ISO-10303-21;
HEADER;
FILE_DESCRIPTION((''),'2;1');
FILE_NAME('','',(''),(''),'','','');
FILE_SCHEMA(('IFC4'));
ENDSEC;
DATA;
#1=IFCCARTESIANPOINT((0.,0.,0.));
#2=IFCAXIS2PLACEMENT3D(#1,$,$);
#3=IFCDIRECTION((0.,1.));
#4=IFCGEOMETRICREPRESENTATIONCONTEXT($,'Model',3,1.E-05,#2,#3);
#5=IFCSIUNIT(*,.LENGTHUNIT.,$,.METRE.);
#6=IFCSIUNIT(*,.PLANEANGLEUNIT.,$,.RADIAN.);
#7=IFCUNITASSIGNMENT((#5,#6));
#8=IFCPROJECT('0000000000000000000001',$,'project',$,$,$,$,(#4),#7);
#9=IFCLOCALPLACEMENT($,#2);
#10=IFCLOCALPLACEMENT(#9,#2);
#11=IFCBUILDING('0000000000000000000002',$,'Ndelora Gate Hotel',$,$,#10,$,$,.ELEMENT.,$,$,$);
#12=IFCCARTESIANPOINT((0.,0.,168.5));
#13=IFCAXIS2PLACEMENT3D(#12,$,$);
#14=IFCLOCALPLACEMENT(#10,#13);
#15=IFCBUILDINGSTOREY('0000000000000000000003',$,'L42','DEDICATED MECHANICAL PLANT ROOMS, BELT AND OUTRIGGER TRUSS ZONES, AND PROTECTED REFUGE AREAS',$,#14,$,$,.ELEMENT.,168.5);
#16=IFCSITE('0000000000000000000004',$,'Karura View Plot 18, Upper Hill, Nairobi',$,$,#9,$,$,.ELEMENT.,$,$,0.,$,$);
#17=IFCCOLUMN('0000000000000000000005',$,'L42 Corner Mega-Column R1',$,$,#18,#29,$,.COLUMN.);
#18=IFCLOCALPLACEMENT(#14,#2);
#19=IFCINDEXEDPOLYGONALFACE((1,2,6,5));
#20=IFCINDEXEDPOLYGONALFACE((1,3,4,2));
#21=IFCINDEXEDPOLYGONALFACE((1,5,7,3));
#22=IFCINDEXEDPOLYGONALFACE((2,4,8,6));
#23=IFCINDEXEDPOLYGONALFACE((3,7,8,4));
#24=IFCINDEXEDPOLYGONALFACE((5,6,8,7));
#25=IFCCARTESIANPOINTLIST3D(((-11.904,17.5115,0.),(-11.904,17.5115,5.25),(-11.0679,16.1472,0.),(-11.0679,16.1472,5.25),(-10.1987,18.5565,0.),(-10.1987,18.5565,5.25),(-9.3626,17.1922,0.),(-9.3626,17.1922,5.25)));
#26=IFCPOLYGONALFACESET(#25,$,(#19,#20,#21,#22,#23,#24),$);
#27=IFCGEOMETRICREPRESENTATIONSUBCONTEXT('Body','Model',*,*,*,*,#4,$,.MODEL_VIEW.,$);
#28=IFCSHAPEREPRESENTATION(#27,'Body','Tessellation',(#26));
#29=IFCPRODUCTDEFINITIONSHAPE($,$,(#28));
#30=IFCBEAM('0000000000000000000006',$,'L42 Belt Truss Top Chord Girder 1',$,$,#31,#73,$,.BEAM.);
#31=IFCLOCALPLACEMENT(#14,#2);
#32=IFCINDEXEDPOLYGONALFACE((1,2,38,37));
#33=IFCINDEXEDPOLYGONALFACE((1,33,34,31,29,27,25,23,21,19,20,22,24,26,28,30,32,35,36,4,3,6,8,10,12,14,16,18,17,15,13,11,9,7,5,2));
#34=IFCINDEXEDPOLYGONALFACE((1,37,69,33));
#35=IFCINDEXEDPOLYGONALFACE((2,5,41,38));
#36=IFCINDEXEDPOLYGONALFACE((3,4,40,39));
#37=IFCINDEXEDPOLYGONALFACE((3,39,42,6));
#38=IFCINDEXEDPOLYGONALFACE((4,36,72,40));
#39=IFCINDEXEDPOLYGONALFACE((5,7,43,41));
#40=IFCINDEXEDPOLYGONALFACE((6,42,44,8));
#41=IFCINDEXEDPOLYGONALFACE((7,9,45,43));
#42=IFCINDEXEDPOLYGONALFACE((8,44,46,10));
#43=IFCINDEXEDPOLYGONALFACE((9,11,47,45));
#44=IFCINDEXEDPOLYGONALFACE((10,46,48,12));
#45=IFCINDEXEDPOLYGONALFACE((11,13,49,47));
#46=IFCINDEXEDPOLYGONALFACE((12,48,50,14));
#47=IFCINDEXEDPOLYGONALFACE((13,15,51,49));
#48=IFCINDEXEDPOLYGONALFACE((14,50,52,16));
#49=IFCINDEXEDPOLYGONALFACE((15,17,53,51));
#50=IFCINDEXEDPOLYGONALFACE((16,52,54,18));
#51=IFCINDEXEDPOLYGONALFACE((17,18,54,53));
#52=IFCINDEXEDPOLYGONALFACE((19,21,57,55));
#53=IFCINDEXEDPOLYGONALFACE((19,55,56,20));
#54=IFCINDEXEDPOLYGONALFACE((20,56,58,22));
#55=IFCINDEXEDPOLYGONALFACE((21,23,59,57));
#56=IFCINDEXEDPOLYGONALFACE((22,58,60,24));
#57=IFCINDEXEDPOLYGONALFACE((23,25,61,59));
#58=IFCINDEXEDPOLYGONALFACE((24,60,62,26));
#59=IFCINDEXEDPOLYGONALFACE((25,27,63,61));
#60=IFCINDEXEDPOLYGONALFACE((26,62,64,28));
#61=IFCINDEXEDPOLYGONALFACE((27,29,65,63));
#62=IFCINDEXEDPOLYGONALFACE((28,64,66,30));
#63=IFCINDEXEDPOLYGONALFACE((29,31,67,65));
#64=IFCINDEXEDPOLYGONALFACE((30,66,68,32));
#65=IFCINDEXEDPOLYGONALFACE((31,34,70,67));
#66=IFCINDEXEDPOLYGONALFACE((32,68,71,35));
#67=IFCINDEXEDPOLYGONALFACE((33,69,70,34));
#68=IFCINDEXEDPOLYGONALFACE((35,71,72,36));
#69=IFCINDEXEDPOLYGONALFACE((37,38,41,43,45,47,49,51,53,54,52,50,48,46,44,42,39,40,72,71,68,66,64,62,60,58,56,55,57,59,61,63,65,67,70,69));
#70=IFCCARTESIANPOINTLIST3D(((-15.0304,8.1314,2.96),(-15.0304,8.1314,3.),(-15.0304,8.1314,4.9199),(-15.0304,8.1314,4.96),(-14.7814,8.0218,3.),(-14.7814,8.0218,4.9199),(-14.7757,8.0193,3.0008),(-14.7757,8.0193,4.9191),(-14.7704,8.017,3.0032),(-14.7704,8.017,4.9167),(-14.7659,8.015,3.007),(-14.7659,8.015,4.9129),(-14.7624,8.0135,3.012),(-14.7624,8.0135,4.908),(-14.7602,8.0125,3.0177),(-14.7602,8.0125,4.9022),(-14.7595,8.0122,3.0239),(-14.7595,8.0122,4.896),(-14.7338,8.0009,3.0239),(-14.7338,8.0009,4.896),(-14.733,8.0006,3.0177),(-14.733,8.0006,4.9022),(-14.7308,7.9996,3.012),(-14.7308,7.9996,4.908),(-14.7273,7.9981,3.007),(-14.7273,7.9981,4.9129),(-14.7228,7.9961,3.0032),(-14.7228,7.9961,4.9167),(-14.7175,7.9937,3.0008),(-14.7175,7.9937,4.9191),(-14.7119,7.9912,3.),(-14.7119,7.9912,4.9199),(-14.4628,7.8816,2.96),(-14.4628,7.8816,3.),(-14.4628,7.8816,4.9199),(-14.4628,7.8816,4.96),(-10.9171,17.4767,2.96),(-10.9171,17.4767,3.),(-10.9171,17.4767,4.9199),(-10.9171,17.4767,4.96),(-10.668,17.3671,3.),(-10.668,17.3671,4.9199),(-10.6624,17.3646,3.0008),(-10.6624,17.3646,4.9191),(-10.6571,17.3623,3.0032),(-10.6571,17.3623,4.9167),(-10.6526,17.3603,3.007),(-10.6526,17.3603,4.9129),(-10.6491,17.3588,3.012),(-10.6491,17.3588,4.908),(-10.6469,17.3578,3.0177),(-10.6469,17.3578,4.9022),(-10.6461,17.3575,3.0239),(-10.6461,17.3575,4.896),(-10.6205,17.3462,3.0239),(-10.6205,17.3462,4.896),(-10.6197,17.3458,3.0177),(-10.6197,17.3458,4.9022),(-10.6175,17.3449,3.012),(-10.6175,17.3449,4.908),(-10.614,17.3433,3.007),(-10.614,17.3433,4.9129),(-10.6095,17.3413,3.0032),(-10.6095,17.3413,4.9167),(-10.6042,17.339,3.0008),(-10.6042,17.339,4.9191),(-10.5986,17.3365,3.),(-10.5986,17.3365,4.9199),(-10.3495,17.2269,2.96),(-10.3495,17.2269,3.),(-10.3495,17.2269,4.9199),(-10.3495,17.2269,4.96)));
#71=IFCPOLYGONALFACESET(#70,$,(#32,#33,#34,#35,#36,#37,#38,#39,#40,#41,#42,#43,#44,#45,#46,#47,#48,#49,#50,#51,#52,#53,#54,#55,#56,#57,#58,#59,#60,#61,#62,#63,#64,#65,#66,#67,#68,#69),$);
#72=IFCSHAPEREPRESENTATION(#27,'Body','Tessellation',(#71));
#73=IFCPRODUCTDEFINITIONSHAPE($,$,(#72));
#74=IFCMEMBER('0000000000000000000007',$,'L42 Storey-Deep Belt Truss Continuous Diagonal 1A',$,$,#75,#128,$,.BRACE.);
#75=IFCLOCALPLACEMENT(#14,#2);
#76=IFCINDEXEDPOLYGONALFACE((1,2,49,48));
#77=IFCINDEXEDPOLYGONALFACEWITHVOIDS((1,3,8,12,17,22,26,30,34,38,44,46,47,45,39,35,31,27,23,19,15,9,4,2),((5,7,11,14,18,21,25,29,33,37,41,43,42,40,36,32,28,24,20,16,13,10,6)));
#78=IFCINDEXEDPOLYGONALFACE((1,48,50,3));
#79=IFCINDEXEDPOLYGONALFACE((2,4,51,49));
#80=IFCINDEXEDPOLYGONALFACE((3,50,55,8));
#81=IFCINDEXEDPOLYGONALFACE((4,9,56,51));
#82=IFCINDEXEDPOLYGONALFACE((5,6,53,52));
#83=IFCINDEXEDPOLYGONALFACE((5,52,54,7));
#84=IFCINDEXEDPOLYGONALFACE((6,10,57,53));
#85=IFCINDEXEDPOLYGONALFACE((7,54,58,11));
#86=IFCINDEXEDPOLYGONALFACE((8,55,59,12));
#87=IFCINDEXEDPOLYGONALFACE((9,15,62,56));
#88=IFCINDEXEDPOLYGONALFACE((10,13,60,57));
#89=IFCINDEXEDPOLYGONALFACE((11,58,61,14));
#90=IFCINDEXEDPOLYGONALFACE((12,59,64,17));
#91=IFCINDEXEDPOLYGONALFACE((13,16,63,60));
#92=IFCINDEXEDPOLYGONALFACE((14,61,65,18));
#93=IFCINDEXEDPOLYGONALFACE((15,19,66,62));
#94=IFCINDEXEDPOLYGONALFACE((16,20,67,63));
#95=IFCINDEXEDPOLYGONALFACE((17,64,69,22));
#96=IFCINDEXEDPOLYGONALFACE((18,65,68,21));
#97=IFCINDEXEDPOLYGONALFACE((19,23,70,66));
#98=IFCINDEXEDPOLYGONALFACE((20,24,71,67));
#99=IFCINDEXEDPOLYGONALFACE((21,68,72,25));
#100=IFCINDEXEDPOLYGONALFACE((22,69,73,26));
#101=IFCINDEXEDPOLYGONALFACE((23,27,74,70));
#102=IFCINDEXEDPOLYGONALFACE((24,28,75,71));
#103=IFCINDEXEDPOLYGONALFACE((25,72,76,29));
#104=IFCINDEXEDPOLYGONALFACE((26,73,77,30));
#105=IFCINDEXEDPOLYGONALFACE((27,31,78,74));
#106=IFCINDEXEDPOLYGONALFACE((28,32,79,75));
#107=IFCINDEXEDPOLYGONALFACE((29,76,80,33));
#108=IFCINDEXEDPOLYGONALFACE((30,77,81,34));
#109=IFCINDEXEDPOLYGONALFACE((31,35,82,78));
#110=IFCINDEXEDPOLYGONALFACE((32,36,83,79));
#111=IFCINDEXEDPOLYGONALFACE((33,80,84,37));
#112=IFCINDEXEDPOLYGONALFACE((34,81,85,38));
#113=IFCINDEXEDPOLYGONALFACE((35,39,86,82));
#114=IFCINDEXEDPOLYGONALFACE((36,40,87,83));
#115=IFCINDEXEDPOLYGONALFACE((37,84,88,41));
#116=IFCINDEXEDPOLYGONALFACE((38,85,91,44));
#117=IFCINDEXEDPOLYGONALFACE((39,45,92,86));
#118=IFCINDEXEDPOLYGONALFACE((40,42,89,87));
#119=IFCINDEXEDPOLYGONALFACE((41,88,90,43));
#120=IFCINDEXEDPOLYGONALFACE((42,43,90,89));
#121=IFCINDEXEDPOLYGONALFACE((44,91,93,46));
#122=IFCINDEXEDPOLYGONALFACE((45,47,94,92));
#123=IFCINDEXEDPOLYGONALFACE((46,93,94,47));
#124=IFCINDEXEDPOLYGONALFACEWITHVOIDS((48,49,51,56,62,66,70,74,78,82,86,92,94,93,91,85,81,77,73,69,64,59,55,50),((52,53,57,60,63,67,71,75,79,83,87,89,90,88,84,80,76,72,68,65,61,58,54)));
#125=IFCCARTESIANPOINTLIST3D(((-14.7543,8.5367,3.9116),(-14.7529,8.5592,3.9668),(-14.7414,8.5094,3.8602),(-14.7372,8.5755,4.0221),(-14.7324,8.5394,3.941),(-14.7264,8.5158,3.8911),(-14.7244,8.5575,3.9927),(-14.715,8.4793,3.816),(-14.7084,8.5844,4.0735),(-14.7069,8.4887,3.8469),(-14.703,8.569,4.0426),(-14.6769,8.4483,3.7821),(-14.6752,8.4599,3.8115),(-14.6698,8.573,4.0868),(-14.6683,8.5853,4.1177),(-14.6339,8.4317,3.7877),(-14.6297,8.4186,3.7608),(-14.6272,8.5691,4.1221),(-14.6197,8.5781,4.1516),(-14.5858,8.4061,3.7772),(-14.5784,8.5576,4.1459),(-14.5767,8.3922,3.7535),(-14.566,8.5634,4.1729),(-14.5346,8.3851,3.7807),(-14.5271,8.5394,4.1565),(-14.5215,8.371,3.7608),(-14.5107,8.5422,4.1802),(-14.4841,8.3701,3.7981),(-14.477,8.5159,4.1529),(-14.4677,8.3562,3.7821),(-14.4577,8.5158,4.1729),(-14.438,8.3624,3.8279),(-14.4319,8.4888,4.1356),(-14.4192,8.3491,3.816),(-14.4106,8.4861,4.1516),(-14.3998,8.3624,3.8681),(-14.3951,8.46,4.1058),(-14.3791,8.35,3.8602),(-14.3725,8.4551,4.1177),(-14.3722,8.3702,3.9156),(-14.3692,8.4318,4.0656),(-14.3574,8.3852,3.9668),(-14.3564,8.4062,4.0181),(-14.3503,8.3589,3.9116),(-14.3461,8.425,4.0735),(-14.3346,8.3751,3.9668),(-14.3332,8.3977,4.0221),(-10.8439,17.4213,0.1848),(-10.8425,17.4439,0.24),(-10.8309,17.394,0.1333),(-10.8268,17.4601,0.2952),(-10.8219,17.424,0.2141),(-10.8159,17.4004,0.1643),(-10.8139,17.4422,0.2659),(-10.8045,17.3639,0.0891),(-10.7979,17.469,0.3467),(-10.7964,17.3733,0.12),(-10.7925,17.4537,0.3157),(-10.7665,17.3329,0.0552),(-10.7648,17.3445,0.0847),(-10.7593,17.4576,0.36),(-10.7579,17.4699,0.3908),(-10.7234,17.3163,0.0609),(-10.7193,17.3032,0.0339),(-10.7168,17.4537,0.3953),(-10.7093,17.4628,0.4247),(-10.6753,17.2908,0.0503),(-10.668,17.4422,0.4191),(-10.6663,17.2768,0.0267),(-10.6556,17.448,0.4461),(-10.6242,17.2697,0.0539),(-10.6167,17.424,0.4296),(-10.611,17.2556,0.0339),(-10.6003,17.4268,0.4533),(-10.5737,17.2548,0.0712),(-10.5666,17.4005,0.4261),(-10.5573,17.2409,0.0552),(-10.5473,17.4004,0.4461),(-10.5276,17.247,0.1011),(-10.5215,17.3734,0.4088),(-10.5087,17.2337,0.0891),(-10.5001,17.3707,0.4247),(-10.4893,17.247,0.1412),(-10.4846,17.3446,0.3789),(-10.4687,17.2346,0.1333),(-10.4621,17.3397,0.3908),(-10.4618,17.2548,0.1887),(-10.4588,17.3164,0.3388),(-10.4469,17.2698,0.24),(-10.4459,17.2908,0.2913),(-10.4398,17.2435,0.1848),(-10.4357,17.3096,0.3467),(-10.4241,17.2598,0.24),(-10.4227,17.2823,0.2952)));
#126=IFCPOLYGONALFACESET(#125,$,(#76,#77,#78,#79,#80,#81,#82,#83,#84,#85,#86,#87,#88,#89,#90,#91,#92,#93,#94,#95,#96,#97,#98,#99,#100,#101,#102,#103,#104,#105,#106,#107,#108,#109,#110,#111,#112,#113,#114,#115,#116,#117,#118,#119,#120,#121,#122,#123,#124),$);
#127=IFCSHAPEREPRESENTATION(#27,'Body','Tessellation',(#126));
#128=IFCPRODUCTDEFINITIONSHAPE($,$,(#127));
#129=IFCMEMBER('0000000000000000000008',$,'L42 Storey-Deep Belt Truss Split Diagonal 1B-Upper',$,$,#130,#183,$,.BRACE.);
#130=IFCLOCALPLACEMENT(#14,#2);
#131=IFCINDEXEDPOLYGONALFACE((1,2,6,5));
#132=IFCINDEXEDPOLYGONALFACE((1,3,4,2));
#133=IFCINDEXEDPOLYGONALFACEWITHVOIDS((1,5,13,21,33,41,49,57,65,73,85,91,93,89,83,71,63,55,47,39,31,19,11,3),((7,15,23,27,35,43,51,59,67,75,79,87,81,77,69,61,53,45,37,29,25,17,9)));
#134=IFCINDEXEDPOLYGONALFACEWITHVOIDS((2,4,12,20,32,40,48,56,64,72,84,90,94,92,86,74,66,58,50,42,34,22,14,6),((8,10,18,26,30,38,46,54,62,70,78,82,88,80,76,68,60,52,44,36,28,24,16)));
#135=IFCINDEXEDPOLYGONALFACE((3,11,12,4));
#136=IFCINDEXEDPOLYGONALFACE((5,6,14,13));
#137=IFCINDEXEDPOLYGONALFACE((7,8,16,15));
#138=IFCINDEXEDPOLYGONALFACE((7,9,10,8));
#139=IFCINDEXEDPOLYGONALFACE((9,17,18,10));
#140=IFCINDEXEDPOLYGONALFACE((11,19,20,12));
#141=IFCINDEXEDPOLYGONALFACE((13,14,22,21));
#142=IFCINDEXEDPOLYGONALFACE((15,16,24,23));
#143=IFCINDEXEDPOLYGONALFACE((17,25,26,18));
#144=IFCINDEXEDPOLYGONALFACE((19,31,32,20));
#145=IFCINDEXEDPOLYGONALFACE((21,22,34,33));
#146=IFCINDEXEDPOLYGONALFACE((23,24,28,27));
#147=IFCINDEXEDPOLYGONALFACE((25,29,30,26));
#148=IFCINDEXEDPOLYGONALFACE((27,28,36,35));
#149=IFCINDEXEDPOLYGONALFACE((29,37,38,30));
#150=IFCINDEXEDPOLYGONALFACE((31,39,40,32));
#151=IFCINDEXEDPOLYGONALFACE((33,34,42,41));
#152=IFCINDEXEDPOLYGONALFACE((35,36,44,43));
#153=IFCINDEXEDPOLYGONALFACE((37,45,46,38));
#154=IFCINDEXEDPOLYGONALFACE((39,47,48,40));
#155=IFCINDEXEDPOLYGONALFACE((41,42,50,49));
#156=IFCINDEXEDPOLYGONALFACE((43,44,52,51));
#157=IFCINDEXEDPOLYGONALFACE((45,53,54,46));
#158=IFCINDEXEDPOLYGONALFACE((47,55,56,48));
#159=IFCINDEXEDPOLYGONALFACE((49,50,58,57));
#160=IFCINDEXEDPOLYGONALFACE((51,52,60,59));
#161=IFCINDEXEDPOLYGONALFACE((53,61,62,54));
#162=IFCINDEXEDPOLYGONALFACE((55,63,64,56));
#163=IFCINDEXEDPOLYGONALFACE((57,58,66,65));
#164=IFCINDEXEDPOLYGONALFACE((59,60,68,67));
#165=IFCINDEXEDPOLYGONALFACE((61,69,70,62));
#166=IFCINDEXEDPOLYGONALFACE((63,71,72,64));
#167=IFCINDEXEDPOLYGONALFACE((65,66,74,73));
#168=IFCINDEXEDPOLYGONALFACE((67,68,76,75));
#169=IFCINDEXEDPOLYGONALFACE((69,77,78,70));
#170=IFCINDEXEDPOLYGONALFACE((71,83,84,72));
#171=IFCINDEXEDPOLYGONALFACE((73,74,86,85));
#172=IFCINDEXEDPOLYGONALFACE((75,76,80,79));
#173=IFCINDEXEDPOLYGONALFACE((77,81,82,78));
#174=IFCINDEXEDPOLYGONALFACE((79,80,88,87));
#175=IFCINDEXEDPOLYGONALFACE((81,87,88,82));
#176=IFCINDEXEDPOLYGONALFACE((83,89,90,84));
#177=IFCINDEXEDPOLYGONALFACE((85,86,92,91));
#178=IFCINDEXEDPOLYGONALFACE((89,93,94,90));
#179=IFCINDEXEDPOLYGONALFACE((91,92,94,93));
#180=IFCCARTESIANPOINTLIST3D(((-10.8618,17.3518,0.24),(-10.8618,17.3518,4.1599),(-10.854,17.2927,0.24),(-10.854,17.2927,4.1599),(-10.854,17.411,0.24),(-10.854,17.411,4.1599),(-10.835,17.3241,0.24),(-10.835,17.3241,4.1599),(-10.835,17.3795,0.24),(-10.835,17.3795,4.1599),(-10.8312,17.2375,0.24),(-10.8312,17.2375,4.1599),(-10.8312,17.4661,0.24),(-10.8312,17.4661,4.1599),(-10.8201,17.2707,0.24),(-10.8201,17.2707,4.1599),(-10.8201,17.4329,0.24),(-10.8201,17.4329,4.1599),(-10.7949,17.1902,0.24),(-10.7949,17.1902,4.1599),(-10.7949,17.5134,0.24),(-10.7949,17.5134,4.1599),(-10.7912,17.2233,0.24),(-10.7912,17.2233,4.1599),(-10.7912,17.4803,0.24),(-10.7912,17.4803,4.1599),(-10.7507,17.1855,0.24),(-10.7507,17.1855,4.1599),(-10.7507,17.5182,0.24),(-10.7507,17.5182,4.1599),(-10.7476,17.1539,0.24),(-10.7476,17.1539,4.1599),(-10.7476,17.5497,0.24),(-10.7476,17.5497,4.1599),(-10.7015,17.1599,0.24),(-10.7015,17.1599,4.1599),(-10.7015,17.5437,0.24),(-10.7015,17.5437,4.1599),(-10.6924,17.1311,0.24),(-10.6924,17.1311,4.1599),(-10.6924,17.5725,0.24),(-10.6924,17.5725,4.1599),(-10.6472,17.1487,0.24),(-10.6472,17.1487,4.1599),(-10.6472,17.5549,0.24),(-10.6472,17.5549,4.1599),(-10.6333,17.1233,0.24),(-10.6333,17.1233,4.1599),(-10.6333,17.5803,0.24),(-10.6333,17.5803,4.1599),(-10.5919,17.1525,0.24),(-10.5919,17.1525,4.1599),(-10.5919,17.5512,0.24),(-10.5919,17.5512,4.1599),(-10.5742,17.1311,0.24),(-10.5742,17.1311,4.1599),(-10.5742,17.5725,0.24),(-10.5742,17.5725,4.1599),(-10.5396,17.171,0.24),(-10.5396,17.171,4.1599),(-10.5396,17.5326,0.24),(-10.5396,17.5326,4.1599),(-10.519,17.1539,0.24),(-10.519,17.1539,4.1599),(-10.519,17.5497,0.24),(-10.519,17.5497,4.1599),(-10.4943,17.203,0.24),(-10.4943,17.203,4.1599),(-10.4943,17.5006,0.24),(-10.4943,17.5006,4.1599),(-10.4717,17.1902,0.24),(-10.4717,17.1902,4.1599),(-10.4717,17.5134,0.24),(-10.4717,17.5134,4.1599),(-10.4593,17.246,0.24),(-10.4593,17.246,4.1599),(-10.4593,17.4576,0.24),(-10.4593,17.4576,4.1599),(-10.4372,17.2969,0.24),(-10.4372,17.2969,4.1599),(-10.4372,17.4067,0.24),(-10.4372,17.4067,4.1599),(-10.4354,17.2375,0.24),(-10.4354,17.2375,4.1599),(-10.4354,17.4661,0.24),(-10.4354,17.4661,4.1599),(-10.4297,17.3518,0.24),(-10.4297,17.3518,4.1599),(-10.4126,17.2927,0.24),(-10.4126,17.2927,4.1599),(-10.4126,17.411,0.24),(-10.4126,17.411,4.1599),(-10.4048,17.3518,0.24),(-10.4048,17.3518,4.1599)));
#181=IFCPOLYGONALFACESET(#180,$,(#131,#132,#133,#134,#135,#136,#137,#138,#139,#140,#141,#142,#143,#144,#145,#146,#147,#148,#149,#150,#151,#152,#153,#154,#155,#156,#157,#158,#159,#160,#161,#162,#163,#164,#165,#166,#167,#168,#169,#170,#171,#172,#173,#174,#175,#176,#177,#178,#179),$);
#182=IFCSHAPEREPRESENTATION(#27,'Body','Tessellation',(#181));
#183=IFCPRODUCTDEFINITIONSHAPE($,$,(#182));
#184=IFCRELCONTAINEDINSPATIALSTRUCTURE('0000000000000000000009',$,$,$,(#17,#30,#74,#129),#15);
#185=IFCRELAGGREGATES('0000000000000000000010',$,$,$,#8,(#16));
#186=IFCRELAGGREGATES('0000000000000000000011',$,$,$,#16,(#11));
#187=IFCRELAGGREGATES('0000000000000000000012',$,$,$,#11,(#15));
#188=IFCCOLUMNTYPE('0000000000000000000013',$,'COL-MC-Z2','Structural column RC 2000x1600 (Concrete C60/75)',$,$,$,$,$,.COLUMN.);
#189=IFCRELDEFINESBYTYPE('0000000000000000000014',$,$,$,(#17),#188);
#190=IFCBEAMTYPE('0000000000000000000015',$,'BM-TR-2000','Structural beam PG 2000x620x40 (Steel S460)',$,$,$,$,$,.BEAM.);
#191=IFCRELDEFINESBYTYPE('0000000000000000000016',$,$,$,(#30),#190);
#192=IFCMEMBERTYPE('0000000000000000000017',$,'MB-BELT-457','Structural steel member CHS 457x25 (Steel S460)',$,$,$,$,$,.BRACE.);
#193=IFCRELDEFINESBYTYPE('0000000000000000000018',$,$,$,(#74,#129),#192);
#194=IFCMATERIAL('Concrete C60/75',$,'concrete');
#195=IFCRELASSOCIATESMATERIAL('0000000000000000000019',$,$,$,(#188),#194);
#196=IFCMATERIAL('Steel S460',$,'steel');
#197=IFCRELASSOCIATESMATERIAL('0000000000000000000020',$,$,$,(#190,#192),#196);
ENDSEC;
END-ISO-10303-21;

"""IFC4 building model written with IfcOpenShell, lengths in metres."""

from ifc_helpers import new_model, si_unit, direction, frame, origin, origin_2d, place, context, subcontext, project, spatial, rectangle, hollow_circle, i_section, extrude, material, material_profile, profile_set, type_object, element, save


model = new_model("IFC4")

# Units and contexts
model_context = context("Model", 3, precision=1e-05, world=origin(), true_north=direction((0.0, 1.0)))
body_context = subcontext(model_context, "Body", "Model", "MODEL_VIEW")
ifc_project = project(units=[si_unit("LENGTHUNIT", "METRE"), si_unit("PLANEANGLEUNIT", "RADIAN")], contexts=[model_context])

# Site, building, storey
site_placement = place(None, origin())
site = spatial("IfcSite", under=ifc_project, at=site_placement, Name="Karura View Plot 18, Upper Hill, Nairobi", CompositionType="ELEMENT", RefElevation=0.0)
building_placement = place(site_placement, origin())
building = spatial("IfcBuilding", under=site, at=building_placement, Name="Ndelora Gate Hotel", CompositionType="ELEMENT")
storey_placement = place(building_placement, frame((0.0, 0.0, 168.5)))
storey = spatial("IfcBuildingStorey", under=building, at=storey_placement, Name="L42", Description="DEDICATED MECHANICAL PLANT ROOMS, BELT AND OUTRIGGER TRUSS ZONES, AND PROTECTED REFUGE AREAS", CompositionType="ELEMENT", Elevation=168.5)

# Column
ifc_material_1 = material(Name="Concrete C60/75", Category="concrete")
ifc_material_profile_1 = material_profile(ifc_material_1, rectangle(XDim=1.6001, YDim=2.0, at=origin_2d()), Name="RC 2000x1600")
ifc_profile_set_1 = profile_set([ifc_material_profile_1], Name="Concrete C60/75")
column_type = type_object("IfcColumnType", Name="COL-MC-Z2", Description="Structural column RC 2000x1600 (Concrete C60/75)", PredefinedType="COLUMN", material=ifc_profile_set_1)
column_placement = place(storey_placement, frame((-10.6333, 17.3518, 0.0), z_axis=(0.0, 0.0, 1.0), x_axis=(-0.522499, 0.85264, 0.0)))
element("IfcColumn", 1, at=column_placement, inside=storey, type_object=column_type, Name="L42 Corner Mega-Column R1", PredefinedType="COLUMN", context=body_context, shape_type="SweptSolid", body=[
    extrude(rectangle(XDim=1.6001, YDim=2.0, at=origin_2d()), origin(), (0.0, 0.0, 1.0), 5.25),
])

# Beam
ifc_material_2 = material(Name="Steel S460", Category="steel")
ifc_material_profile_2 = material_profile(ifc_material_2, i_section(OverallWidth=0.6201, OverallDepth=2.0, WebThickness=0.0281, FlangeThickness=0.04, FilletRadius=0.0239, at=origin_2d()), Name="PG 2000x620x40")
ifc_profile_set_2 = profile_set([ifc_material_profile_2], Name="Steel S460")
beam_type = type_object("IfcBeamType", Name="BM-TR-2000", Description="Structural beam PG 2000x620x40 (Steel S460)", PredefinedType="BEAM", material=ifc_profile_set_2)
beam_placement = place(storey_placement, frame((-10.6333, 17.3518, 3.96), z_axis=(-0.402852, -0.915265, 0.0), x_axis=(0.915265, -0.402852, 0.0)))
element("IfcBeam", 2, at=beam_placement, inside=storey, type_object=beam_type, Name="L42 Belt Truss Top Chord Girder 1", PredefinedType="BEAM", context=body_context, shape_type="SweptSolid", body=[
    extrude(i_section(OverallWidth=0.6201, OverallDepth=2.0, WebThickness=0.0281, FlangeThickness=0.04, FilletRadius=0.0239, at=origin_2d()), origin(), (0.0, 0.0, 1.0), 10.2104),
])

# Members
ifc_material_profile_3 = material_profile(ifc_material_2, hollow_circle(Radius=0.2285, WallThickness=0.0249, at=origin_2d()), Name="CHS 457x25")
ifc_profile_set_3 = profile_set([ifc_material_profile_3], Name="Steel S460")
member_type_1 = type_object("IfcMemberType", Name="MB-BELT-457", Description="Structural steel member CHS 457x25 (Steel S460)", PredefinedType="BRACE", material=ifc_profile_set_3)
member_1_placement = place(storey_placement, frame((-10.6333, 17.3518, 0.24), z_axis=(-0.376078, -0.854459, 0.358421), x_axis=(0.915269, -0.402843, 0.0)))
element("IfcMember", 3, at=member_1_placement, inside=storey, type_object=member_type_1, Name="L42 Storey-Deep Belt Truss Continuous Diagonal 1A", PredefinedType="BRACE", context=body_context, shape_type="SweptSolid", body=[
    extrude(hollow_circle(Radius=0.2285, WallThickness=0.0249, at=origin_2d()), origin(), (0.0, 0.0, 1.0), 10.3979),
])
member_2_placement = place(storey_placement, frame((-10.6333, 17.3518, 0.24), z_axis=(0.0, 0.0, 1.0), x_axis=(1.0, 0.0, 0.0)))
element("IfcMember", 4, at=member_2_placement, inside=storey, type_object=member_type_1, Name="L42 Storey-Deep Belt Truss Split Diagonal 1B-Upper", PredefinedType="BRACE", context=body_context, shape_type="SweptSolid", body=[
    extrude(hollow_circle(Radius=0.2285, WallThickness=0.0249, at=origin_2d()), origin(), (0.0, 0.0, 1.0), 3.9199),
])

save(model, "model.ifc")
